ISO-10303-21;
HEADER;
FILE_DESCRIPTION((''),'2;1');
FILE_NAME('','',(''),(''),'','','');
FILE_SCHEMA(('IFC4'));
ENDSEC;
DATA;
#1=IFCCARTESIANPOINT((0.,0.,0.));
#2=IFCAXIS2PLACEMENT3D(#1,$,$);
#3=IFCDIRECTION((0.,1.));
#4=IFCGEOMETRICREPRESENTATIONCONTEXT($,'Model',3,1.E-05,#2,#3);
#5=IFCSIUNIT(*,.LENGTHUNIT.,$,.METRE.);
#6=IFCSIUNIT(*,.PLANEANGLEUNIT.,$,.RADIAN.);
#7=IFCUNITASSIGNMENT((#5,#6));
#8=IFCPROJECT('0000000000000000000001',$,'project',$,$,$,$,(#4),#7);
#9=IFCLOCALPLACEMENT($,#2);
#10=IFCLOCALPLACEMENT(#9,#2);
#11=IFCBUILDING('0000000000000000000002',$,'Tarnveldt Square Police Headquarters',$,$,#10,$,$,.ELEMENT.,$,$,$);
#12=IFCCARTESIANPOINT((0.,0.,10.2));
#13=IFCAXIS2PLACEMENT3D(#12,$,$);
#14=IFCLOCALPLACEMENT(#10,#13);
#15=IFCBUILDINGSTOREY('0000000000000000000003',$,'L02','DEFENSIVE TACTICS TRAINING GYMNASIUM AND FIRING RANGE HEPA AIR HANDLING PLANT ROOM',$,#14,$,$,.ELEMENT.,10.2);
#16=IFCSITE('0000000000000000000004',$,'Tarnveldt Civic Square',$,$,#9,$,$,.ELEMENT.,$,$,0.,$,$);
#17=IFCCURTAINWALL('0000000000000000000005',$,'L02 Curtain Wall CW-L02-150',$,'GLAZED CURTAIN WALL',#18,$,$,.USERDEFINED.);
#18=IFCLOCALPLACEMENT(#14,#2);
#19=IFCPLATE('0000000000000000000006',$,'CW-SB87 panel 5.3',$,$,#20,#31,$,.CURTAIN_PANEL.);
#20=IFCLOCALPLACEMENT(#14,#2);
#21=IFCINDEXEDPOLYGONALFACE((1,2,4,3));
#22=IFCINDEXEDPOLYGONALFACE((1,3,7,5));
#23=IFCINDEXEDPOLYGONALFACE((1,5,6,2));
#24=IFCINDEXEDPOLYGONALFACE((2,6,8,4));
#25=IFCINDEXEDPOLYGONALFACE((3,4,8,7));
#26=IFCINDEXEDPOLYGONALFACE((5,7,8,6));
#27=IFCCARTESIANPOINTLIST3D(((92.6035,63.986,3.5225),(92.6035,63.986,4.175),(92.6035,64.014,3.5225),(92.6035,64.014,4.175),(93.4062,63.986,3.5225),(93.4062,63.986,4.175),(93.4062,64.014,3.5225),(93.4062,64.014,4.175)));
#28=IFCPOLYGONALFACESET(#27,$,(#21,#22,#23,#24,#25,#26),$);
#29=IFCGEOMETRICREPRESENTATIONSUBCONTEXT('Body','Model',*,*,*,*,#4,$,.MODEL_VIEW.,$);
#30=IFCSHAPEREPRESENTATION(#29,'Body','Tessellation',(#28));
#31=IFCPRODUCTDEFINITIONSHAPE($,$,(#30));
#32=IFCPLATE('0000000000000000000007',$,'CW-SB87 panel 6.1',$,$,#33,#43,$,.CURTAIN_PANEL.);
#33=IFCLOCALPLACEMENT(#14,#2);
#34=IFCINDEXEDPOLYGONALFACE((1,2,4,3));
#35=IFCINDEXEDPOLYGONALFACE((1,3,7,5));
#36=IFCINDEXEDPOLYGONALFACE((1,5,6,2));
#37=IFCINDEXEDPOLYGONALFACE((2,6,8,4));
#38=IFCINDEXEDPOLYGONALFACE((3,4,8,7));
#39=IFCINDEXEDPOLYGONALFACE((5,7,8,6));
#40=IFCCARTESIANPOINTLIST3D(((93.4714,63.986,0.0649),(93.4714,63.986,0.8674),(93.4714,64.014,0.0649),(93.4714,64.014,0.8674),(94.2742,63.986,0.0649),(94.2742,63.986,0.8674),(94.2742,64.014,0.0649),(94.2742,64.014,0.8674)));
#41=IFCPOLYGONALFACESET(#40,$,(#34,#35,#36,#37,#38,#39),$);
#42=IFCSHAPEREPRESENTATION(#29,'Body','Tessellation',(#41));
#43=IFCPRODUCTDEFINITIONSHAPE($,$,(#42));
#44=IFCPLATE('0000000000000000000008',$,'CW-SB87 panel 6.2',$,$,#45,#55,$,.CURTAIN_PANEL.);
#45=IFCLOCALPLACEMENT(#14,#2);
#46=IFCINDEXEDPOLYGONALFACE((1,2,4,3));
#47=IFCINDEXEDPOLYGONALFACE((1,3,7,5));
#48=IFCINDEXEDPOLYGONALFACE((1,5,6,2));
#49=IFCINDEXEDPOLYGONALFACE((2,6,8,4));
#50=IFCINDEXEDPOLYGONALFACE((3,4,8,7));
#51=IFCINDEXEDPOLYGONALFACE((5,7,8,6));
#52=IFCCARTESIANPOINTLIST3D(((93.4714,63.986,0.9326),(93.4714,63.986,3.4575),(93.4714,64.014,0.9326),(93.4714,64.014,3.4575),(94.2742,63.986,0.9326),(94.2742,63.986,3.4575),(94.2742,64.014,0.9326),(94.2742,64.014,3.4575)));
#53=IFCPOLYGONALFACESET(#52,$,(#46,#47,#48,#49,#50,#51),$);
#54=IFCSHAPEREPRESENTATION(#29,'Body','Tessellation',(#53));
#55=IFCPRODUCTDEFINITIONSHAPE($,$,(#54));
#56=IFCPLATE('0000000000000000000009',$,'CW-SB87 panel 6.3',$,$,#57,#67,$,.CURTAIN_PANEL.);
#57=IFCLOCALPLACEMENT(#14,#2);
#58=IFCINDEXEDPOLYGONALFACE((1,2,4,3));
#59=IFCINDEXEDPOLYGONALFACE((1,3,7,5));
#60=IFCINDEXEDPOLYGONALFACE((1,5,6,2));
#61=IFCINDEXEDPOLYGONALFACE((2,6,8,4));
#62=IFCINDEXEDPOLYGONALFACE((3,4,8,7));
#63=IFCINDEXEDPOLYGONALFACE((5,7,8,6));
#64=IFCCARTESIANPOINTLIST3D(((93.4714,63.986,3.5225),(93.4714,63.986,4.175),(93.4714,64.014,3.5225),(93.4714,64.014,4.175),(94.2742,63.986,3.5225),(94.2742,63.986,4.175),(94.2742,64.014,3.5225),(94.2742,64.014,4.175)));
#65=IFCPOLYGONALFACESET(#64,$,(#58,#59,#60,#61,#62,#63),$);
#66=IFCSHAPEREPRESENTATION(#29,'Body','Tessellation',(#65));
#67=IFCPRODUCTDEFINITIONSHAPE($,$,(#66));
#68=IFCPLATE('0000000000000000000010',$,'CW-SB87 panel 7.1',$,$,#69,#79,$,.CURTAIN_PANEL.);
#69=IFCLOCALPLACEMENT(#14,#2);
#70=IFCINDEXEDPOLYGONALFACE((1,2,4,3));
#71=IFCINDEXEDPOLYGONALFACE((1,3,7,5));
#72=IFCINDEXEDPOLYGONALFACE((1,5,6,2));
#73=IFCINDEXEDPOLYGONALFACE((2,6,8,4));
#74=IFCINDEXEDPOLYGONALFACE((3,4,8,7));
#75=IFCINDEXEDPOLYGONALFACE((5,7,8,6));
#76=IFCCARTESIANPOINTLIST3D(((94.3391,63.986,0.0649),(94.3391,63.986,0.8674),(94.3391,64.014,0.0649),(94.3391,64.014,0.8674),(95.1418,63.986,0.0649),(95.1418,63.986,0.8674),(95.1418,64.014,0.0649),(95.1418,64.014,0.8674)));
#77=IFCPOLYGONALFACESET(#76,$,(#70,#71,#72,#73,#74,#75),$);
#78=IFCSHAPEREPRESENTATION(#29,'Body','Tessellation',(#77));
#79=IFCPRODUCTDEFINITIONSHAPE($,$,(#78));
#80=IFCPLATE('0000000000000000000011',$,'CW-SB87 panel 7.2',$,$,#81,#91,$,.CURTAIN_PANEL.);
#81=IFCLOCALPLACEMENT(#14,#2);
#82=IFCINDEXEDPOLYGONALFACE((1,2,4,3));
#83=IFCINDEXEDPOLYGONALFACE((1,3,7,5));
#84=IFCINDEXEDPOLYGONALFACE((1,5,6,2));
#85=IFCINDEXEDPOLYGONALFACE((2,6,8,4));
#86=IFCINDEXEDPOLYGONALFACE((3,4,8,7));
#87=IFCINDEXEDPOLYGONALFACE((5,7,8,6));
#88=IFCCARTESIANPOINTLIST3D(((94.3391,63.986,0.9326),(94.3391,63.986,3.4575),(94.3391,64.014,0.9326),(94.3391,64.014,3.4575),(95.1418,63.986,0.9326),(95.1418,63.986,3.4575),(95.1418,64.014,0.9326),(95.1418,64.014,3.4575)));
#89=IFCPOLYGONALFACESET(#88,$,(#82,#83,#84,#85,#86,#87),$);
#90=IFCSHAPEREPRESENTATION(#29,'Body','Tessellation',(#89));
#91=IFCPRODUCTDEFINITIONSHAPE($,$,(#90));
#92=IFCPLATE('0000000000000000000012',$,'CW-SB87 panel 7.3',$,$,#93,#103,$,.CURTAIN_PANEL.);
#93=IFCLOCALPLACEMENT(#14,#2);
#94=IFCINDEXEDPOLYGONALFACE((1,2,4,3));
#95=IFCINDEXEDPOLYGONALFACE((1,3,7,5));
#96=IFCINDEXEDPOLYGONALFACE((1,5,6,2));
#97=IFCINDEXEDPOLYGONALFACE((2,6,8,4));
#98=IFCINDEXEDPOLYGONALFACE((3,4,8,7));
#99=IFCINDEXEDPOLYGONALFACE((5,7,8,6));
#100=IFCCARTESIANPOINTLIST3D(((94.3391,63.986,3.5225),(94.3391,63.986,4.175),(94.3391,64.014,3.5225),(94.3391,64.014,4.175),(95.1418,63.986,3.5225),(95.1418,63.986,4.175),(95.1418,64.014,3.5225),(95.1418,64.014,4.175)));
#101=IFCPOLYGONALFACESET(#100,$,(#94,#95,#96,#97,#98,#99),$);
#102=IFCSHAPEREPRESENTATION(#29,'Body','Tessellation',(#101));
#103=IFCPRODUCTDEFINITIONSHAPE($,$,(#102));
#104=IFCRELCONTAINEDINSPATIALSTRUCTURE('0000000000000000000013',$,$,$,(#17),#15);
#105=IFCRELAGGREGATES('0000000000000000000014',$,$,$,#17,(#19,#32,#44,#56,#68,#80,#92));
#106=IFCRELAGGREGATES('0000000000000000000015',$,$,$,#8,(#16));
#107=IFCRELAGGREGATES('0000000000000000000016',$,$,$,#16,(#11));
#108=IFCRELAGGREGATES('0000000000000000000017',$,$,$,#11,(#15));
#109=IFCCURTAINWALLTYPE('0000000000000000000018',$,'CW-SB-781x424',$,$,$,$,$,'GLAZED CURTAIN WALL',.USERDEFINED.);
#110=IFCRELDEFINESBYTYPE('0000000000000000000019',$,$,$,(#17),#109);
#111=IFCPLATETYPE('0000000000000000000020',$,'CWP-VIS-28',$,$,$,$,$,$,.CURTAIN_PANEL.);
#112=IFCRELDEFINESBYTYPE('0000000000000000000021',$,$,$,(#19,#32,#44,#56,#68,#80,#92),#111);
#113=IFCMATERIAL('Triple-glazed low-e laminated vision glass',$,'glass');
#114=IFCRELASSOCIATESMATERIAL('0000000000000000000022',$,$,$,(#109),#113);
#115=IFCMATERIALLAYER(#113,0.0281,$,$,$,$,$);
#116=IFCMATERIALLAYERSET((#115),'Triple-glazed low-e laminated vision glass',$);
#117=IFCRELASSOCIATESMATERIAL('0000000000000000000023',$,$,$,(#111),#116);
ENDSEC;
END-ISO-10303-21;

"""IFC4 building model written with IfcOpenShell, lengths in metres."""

from ifc_helpers import new_model, si_unit, direction, frame, origin, origin_2d, place, context, subcontext, project, spatial, rectangle, extrude, material, layer, layer_set, type_object, element, aggregate, save


model = new_model("IFC4")

# Units and contexts
model_context = context("Model", 3, precision=1e-05, world=origin(), true_north=direction((0.0, 1.0)))
body_context = subcontext(model_context, "Body", "Model", "MODEL_VIEW")
ifc_project = project(units=[si_unit("LENGTHUNIT", "METRE"), si_unit("PLANEANGLEUNIT", "RADIAN")], contexts=[model_context])

# Site, building, storey
site_placement = place(None, origin())
site = spatial("IfcSite", under=ifc_project, at=site_placement, Name="Tarnveldt Civic Square", CompositionType="ELEMENT", RefElevation=0.0)
building_placement = place(site_placement, origin())
building = spatial("IfcBuilding", under=site, at=building_placement, Name="Tarnveldt Square Police Headquarters", CompositionType="ELEMENT")
storey_placement = place(building_placement, frame((0.0, 0.0, 10.2)))
storey = spatial("IfcBuildingStorey", under=building, at=storey_placement, Name="L02", Description="DEFENSIVE TACTICS TRAINING GYMNASIUM AND FIRING RANGE HEPA AIR HANDLING PLANT ROOM", CompositionType="ELEMENT", Elevation=10.2)

# Curtain wall, plates
ifc_material_1 = material(Name="Triple-glazed low-e laminated vision glass", Category="glass")
curtain_wall_type = type_object("IfcCurtainWallType", Name="CW-SB-781x424", ElementType="GLAZED CURTAIN WALL", PredefinedType="USERDEFINED", material=ifc_material_1)
curtain_wall_placement = place(storey_placement, origin())
curtain_wall = element("IfcCurtainWall", 1, at=curtain_wall_placement, inside=storey, type_object=curtain_wall_type, Name="L02 Curtain Wall CW-L02-150", ObjectType="GLAZED CURTAIN WALL", PredefinedType="USERDEFINED")
ifc_layer = layer(ifc_material_1, 0.0281)
ifc_layer_set = layer_set([ifc_layer], Name="Triple-glazed low-e laminated vision glass")
plate_type = type_object("IfcPlateType", Name="CWP-VIS-28", PredefinedType="CURTAIN_PANEL", material=ifc_layer_set)
plate_1_placement = place(storey_placement, frame((93.0049, 64.0, 3.5225), z_axis=(0.0, 0.0, 1.0), x_axis=(1.0, 0.0, 0.0)))
plate_1 = element("IfcPlate", 2, at=plate_1_placement, type_object=plate_type, Name="CW-SB87 panel 5.3", PredefinedType="CURTAIN_PANEL", context=body_context, shape_type="SweptSolid", body=[
    extrude(rectangle(XDim=0.8027, YDim=0.0281, at=origin_2d()), origin(), (0.0, 0.0, 1.0), 0.6526),
])
plate_2_placement = place(storey_placement, frame((93.8728, 64.0, 0.0649), z_axis=(0.0, 0.0, 1.0), x_axis=(1.0, 0.0, 0.0)))
plate_2 = element("IfcPlate", 3, at=plate_2_placement, type_object=plate_type, Name="CW-SB87 panel 6.1", PredefinedType="CURTAIN_PANEL", context=body_context, shape_type="SweptSolid", body=[
    extrude(rectangle(XDim=0.8027, YDim=0.0281, at=origin_2d()), origin(), (0.0, 0.0, 1.0), 0.8025),
])
plate_3_placement = place(storey_placement, frame((93.8728, 64.0, 0.9326), z_axis=(0.0, 0.0, 1.0), x_axis=(1.0, 0.0, 0.0)))
plate_3 = element("IfcPlate", 4, at=plate_3_placement, type_object=plate_type, Name="CW-SB87 panel 6.2", PredefinedType="CURTAIN_PANEL", context=body_context, shape_type="SweptSolid", body=[
    extrude(rectangle(XDim=0.8027, YDim=0.0281, at=origin_2d()), origin(), (0.0, 0.0, 1.0), 2.5249),
])
plate_4_placement = place(storey_placement, frame((93.8728, 64.0, 3.5225), z_axis=(0.0, 0.0, 1.0), x_axis=(1.0, 0.0, 0.0)))
plate_4 = element("IfcPlate", 5, at=plate_4_placement, type_object=plate_type, Name="CW-SB87 panel 6.3", PredefinedType="CURTAIN_PANEL", context=body_context, shape_type="SweptSolid", body=[
    extrude(rectangle(XDim=0.8027, YDim=0.0281, at=origin_2d()), origin(), (0.0, 0.0, 1.0), 0.6526),
])
plate_5_placement = place(storey_placement, frame((94.7405, 64.0, 0.0649), z_axis=(0.0, 0.0, 1.0), x_axis=(1.0, 0.0, 0.0)))
plate_5 = element("IfcPlate", 6, at=plate_5_placement, type_object=plate_type, Name="CW-SB87 panel 7.1", PredefinedType="CURTAIN_PANEL", context=body_context, shape_type="SweptSolid", body=[
    extrude(rectangle(XDim=0.8027, YDim=0.0281, at=origin_2d()), origin(), (0.0, 0.0, 1.0), 0.8025),
])
plate_6_placement = place(storey_placement, frame((94.7405, 64.0, 0.9326), z_axis=(0.0, 0.0, 1.0), x_axis=(1.0, 0.0, 0.0)))
plate_6 = element("IfcPlate", 7, at=plate_6_placement, type_object=plate_type, Name="CW-SB87 panel 7.2", PredefinedType="CURTAIN_PANEL", context=body_context, shape_type="SweptSolid", body=[
    extrude(rectangle(XDim=0.8027, YDim=0.0281, at=origin_2d()), origin(), (0.0, 0.0, 1.0), 2.5249),
])
plate_7_placement = place(storey_placement, frame((94.7405, 64.0, 3.5225), z_axis=(0.0, 0.0, 1.0), x_axis=(1.0, 0.0, 0.0)))
plate_7 = element("IfcPlate", 8, at=plate_7_placement, type_object=plate_type, Name="CW-SB87 panel 7.3", PredefinedType="CURTAIN_PANEL", context=body_context, shape_type="SweptSolid", body=[
    extrude(rectangle(XDim=0.8027, YDim=0.0281, at=origin_2d()), origin(), (0.0, 0.0, 1.0), 0.6526),
])
aggregate(curtain_wall, [plate_1, plate_2, plate_3, plate_4, plate_5, plate_6, plate_7])

save(model, "model.ifc")
